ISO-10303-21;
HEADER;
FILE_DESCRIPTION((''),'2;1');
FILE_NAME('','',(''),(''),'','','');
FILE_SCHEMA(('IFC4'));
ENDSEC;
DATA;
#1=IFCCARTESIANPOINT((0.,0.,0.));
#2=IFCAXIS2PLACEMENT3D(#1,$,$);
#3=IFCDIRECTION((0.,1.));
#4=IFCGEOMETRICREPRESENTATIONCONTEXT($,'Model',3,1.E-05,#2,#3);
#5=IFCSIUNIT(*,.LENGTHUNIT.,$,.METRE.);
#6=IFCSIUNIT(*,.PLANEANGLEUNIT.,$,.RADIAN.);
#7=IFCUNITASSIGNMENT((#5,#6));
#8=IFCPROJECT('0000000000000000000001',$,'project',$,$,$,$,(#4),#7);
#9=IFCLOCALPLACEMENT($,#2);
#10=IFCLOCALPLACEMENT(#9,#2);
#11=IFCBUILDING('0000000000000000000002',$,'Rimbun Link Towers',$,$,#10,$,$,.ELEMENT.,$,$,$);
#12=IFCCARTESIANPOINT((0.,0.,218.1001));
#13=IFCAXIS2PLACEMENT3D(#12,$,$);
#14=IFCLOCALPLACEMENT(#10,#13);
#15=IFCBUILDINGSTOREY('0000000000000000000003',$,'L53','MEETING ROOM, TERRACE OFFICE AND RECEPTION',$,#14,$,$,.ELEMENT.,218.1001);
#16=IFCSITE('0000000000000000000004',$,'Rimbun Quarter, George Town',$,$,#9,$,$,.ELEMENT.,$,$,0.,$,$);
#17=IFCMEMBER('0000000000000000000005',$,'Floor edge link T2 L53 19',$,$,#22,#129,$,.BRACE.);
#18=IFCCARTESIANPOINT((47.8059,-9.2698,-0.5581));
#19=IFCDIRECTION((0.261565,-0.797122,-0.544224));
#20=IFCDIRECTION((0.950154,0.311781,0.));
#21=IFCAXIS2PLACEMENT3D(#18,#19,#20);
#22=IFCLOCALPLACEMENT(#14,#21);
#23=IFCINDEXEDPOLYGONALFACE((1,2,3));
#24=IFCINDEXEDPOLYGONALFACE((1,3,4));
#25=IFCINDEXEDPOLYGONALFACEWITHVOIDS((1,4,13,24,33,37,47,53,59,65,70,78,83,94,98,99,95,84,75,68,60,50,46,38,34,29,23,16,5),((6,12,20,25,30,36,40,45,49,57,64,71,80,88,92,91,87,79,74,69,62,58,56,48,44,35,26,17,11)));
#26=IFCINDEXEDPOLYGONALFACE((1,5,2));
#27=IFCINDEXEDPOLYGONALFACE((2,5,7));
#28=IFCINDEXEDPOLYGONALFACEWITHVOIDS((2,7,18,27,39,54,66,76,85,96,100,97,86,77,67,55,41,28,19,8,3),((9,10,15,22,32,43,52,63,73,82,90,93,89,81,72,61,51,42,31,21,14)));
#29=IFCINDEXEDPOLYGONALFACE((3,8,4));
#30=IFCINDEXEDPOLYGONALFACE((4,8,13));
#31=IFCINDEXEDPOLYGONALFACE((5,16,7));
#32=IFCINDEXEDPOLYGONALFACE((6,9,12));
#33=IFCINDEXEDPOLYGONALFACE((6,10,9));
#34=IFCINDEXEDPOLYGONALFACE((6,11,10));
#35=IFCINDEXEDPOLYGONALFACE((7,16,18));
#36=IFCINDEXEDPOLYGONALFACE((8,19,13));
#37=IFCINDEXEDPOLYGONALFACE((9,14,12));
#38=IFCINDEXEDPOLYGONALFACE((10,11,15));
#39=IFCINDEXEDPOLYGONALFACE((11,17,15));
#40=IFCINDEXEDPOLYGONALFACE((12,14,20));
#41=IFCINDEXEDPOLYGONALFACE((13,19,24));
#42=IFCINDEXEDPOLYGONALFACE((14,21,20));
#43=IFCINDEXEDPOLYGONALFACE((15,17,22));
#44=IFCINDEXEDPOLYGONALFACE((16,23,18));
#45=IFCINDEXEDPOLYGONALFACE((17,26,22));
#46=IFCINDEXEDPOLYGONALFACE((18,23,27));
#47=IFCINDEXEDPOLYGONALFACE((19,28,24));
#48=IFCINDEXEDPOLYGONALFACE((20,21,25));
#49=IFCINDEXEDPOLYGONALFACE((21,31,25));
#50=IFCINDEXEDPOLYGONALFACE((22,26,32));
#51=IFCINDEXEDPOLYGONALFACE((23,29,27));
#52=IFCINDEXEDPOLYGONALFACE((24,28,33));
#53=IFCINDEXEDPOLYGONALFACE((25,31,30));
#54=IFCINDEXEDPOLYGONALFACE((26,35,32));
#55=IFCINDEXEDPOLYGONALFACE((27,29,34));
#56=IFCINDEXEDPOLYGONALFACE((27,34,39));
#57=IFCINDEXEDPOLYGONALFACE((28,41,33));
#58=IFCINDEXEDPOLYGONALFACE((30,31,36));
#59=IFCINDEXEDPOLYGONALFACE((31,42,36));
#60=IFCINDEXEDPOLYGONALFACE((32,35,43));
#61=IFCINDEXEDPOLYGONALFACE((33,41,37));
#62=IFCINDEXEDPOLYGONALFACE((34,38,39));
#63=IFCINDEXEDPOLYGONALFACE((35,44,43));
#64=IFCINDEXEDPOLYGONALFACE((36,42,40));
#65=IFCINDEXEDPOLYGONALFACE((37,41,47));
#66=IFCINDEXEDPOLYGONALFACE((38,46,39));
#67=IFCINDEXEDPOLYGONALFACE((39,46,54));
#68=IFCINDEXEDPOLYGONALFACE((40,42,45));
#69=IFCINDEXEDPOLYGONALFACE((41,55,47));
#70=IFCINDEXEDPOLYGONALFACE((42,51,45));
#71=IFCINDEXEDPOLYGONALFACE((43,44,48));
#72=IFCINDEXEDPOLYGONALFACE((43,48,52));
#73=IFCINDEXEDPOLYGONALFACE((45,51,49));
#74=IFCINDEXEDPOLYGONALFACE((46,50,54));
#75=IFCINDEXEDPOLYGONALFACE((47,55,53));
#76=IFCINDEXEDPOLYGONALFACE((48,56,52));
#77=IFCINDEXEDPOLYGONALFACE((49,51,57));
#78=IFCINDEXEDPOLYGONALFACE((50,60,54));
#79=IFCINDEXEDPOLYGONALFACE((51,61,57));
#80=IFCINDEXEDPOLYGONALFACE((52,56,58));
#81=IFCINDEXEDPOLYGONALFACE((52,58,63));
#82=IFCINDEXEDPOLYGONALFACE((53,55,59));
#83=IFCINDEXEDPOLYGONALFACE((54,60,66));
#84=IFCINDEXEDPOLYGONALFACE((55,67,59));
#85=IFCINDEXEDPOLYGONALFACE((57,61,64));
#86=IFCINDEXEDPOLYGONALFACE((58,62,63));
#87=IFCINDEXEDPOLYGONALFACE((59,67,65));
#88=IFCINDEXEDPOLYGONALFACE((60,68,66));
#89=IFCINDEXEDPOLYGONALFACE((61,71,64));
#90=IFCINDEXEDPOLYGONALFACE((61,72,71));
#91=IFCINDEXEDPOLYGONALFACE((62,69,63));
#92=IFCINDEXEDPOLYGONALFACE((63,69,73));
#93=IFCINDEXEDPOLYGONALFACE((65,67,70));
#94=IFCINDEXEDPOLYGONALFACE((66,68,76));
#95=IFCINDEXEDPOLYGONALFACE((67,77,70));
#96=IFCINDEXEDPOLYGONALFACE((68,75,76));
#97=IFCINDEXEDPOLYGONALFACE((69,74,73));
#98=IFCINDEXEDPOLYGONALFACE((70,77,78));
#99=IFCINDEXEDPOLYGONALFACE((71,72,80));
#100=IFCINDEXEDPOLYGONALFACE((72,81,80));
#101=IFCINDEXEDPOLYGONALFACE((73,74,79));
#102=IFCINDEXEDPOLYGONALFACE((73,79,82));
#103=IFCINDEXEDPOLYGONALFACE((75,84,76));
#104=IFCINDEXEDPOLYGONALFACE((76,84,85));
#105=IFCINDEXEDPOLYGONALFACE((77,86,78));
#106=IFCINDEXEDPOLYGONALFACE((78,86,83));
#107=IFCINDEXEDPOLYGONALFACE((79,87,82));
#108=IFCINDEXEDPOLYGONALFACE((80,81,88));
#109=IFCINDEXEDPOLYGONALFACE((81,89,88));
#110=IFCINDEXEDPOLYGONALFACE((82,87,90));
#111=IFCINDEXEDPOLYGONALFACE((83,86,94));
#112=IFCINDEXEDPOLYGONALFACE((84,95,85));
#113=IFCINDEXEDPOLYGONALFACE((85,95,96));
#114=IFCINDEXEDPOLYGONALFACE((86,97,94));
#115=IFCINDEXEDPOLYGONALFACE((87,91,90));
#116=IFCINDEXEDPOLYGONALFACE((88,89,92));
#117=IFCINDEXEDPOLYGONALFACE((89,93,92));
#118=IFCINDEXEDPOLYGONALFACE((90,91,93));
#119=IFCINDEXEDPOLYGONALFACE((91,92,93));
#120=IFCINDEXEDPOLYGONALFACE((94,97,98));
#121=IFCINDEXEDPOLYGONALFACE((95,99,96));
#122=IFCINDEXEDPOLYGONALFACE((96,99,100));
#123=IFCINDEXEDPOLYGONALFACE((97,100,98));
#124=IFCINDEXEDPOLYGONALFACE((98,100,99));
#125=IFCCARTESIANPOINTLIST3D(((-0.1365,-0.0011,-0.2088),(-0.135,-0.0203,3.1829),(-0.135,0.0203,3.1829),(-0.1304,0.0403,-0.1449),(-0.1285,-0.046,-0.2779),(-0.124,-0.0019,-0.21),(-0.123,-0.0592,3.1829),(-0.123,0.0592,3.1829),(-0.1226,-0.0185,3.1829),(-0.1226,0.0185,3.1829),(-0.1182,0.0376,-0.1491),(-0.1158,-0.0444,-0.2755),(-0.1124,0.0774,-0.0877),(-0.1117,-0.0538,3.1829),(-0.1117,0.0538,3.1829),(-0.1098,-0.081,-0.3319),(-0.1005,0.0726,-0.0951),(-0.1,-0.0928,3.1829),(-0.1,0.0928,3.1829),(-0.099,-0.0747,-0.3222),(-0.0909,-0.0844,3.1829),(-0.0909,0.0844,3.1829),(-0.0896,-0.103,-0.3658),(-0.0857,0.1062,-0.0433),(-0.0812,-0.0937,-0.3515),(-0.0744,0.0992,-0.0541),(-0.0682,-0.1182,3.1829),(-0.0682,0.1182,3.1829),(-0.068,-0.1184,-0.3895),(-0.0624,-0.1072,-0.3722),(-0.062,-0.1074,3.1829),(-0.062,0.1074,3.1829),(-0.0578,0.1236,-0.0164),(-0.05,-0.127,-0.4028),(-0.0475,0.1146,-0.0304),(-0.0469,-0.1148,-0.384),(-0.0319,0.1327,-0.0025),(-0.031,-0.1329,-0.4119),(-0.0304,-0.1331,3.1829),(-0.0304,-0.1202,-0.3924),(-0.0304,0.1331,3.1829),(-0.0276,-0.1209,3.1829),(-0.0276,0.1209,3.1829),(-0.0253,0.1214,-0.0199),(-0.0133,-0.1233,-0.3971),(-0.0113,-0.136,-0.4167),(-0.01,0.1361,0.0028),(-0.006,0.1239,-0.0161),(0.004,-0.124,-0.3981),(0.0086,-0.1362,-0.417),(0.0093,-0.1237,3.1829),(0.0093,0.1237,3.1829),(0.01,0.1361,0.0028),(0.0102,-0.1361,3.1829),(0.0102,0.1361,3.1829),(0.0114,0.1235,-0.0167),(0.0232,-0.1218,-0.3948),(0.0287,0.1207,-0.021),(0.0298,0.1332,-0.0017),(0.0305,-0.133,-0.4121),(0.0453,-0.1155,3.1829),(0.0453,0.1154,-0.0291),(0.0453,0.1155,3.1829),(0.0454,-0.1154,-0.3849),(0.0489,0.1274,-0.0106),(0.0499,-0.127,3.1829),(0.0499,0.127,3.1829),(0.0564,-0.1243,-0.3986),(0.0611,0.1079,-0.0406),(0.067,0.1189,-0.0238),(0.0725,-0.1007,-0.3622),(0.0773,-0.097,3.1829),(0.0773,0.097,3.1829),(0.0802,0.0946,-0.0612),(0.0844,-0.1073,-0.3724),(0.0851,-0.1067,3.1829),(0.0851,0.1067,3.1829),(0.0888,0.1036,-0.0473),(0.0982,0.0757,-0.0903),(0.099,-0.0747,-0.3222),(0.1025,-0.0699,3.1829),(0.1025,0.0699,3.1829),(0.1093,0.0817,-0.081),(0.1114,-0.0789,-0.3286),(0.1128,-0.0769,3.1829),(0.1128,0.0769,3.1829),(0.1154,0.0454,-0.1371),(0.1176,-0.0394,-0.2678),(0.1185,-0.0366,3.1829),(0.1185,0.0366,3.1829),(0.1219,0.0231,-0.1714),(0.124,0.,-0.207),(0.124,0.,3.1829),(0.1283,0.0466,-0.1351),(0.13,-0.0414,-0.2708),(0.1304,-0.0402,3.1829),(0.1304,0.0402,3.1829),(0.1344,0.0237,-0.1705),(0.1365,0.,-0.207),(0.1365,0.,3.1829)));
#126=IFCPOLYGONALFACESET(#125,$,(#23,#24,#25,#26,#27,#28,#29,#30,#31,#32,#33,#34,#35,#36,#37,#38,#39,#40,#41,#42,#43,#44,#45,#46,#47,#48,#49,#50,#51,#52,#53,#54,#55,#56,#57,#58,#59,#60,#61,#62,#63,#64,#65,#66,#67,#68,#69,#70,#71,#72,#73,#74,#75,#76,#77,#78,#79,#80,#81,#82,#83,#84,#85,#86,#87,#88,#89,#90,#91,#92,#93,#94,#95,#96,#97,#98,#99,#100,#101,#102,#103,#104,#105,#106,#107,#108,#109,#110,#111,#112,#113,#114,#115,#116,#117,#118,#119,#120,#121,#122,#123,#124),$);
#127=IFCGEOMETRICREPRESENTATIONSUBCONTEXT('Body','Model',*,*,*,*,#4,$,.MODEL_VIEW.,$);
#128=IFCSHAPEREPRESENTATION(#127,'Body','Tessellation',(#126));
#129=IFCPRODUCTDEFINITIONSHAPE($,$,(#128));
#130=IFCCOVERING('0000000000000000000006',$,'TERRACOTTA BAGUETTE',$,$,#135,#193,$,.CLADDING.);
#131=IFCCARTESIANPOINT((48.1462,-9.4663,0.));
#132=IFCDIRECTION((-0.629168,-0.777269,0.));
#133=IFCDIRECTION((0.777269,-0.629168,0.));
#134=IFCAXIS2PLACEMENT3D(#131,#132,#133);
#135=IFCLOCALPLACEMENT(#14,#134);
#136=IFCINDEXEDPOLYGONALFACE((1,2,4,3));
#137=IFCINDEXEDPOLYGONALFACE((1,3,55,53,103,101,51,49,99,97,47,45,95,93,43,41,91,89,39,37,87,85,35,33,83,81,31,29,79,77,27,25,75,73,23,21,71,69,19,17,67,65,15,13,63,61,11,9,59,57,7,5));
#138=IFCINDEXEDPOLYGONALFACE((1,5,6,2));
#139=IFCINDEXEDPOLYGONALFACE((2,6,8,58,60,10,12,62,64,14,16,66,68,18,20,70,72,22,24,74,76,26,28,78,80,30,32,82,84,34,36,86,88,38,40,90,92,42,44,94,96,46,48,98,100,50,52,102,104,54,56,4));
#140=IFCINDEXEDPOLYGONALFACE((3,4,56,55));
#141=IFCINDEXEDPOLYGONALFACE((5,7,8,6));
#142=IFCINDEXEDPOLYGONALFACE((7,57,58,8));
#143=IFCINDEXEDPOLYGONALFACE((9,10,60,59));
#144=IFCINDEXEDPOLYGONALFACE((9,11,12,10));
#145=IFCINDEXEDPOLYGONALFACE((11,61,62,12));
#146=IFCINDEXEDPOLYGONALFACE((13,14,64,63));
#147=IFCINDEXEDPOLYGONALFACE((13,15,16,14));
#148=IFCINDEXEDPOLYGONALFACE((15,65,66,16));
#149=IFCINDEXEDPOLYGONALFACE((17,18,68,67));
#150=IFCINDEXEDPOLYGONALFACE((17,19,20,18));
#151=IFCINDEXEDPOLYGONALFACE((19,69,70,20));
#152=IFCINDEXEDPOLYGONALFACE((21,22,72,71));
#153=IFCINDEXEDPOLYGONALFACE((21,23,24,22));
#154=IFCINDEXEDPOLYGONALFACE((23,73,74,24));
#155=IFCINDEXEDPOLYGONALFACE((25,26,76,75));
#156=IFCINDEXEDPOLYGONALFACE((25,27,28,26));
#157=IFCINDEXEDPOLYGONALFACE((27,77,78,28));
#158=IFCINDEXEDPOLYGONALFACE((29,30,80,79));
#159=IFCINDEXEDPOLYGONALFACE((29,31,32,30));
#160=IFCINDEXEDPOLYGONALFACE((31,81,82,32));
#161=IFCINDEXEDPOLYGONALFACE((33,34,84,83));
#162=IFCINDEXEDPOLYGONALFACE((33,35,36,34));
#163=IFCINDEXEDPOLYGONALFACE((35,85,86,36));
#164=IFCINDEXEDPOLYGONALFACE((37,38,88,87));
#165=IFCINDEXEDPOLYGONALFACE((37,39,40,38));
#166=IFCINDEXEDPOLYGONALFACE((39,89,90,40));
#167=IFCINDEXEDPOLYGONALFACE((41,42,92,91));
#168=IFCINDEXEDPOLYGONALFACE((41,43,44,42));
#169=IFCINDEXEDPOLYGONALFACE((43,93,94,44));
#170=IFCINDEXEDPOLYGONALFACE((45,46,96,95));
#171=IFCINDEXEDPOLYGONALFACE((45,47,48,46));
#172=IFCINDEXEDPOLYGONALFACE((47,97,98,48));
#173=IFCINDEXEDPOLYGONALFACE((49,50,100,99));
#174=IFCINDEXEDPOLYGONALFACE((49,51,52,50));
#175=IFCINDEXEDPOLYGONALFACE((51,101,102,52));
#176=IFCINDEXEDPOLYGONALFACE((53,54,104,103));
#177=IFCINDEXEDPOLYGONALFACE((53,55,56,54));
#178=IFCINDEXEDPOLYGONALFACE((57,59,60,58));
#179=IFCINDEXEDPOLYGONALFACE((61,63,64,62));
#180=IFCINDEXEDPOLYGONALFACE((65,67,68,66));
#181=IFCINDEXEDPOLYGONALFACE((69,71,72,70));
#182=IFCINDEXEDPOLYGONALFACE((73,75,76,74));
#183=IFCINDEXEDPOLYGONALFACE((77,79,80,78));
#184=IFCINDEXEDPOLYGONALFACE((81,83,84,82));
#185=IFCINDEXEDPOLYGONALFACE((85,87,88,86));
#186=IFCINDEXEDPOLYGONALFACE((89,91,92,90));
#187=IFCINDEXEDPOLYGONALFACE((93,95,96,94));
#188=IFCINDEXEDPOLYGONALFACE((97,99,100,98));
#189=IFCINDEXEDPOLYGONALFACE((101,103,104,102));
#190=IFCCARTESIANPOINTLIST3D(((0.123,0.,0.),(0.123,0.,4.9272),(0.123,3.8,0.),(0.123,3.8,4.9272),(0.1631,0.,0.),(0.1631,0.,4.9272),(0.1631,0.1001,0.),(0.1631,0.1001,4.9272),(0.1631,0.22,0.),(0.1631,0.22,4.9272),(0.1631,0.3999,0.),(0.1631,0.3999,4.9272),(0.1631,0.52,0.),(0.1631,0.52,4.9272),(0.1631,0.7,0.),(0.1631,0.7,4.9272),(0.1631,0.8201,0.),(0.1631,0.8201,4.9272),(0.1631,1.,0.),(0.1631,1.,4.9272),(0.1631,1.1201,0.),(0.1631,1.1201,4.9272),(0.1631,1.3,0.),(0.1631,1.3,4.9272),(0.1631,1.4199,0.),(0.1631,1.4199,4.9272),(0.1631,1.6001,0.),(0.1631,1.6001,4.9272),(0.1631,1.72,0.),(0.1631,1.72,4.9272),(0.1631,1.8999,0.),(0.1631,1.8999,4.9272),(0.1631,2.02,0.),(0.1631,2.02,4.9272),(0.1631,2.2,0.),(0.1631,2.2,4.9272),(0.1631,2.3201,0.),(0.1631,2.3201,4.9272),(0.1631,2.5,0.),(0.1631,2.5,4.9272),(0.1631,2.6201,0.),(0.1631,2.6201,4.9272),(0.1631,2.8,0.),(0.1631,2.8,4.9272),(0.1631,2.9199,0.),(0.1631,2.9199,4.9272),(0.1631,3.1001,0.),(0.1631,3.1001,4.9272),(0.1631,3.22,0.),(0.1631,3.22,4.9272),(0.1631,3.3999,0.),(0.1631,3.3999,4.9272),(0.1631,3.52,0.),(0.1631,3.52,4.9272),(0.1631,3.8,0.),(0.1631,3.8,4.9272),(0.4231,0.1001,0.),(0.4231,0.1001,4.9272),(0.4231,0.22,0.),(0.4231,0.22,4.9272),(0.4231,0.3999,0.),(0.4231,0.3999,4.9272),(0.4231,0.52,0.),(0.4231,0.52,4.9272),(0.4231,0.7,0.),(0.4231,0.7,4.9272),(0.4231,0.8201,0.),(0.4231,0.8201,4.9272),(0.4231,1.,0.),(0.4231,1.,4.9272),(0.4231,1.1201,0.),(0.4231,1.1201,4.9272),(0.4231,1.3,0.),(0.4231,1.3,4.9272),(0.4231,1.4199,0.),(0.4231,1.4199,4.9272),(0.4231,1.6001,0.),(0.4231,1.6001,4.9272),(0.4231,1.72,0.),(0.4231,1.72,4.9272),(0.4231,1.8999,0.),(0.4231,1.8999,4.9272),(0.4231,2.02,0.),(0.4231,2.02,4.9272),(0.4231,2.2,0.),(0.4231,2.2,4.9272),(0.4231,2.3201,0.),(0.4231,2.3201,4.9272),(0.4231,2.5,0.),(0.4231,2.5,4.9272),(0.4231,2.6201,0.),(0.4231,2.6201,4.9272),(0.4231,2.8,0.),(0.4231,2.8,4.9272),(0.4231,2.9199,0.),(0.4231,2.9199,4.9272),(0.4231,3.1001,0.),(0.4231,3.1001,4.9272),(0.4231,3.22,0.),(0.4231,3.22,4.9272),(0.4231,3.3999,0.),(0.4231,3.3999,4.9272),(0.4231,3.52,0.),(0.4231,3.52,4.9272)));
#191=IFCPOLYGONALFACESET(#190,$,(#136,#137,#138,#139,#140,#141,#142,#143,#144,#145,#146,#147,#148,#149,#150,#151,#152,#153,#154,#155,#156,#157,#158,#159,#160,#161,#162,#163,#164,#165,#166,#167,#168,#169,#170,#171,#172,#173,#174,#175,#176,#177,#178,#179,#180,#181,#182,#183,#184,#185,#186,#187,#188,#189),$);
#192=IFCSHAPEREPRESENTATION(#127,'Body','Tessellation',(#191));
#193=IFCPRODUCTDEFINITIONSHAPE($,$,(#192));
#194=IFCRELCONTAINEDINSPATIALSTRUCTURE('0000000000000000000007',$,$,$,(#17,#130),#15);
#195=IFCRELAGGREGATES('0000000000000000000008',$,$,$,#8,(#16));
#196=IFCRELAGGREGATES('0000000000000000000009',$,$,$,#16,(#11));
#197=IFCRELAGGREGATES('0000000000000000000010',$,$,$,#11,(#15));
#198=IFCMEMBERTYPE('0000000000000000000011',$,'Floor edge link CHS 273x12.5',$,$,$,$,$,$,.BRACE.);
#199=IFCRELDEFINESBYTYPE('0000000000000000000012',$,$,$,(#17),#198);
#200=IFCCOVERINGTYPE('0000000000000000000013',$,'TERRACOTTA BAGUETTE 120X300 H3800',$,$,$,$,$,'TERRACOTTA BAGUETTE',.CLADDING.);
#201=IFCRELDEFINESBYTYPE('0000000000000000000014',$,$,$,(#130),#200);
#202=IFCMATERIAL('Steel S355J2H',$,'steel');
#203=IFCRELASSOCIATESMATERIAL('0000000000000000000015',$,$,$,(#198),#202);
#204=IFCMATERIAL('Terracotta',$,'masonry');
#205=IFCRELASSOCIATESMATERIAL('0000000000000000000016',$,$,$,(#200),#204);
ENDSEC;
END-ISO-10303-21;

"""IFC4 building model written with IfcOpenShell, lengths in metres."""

from ifc_helpers import new_model, si_unit, direction, frame, origin, origin_2d, place, context, subcontext, project, spatial, polyline, hollow_circle, outline, extrude, clip, halfspace, material, material_profile, profile_set, type_object, element, save


model = new_model("IFC4")

# Units and contexts
model_context = context("Model", 3, precision=1e-05, world=origin(), true_north=direction((0.0, 1.0)))
body_context = subcontext(model_context, "Body", "Model", "MODEL_VIEW")
ifc_project = project(units=[si_unit("LENGTHUNIT", "METRE"), si_unit("PLANEANGLEUNIT", "RADIAN")], contexts=[model_context])

# Site, building, storey
site_placement = place(None, origin())
site = spatial("IfcSite", under=ifc_project, at=site_placement, Name="Rimbun Quarter, George Town", CompositionType="ELEMENT", RefElevation=0.0)
building_placement = place(site_placement, origin())
building = spatial("IfcBuilding", under=site, at=building_placement, Name="Rimbun Link Towers", CompositionType="ELEMENT")
storey_placement = place(building_placement, frame((0.0, 0.0, 218.1001)))
storey = spatial("IfcBuildingStorey", under=building, at=storey_placement, Name="L53", Description="MEETING ROOM, TERRACE OFFICE AND RECEPTION", CompositionType="ELEMENT", Elevation=218.1001)

# Member
ifc_material_1 = material(Name="Steel S355J2H", Category="steel")
ifc_material_profile_1 = material_profile(ifc_material_1, hollow_circle(Radius=0.1365, WallThickness=0.0125, at=origin_2d()), Name="CHS 273x12.5")
ifc_profile_set_1 = profile_set([ifc_material_profile_1], Name="Steel S355J2H")
member_type_1 = type_object("IfcMemberType", Name="Floor edge link CHS 273x12.5", PredefinedType="BRACE", material=ifc_profile_set_1)
member_1_placement = place(storey_placement, frame((47.8059, -9.2698, -0.5581), z_axis=(0.261565, -0.797122, -0.544224), x_axis=(0.950154, 0.311781, 0.0)))
element("IfcMember", 1, at=member_1_placement, inside=storey, type_object=member_type_1, Name="Floor edge link T2 L53 19", PredefinedType="BRACE", context=body_context, shape_type="Clipping", body=[
    clip(extrude(hollow_circle(Radius=0.1365, WallThickness=0.0125, at=origin_2d()), frame((0.0, 0.0, -0.4392)), (0.0, 0.0, 1.0), 3.6221), halfspace(frame((0.0, 0.0, -0.207), z_axis=(0.0, 0.83894, -0.544224)), False)),
])

# Covering
ifc_material_2 = material(Name="Terracotta", Category="masonry")
ifc_material_profile_2 = material_profile(ifc_material_2, outline(polyline([(0.123, 0.0), (0.1631, 0.0), (0.1631, 0.1001), (0.4231, 0.1001), (0.4231, 0.22), (0.1631, 0.22), (0.1631, 0.3999), (0.4231, 0.3999), (0.4231, 0.52), (0.1631, 0.52), (0.1631, 0.7), (0.4231, 0.7), (0.4231, 0.8201), (0.1631, 0.8201), (0.1631, 1.0), (0.4231, 1.0), (0.4231, 1.1201), (0.1631, 1.1201), (0.1631, 1.3), (0.4231, 1.3), (0.4231, 1.4199), (0.1631, 1.4199), (0.1631, 1.6001), (0.4231, 1.6001), (0.4231, 1.72), (0.1631, 1.72), (0.1631, 1.8999), (0.4231, 1.8999), (0.4231, 2.02), (0.1631, 2.02), (0.1631, 2.2), (0.4231, 2.2), (0.4231, 2.3201), (0.1631, 2.3201), (0.1631, 2.5), (0.4231, 2.5), (0.4231, 2.6201), (0.1631, 2.6201), (0.1631, 2.8), (0.4231, 2.8), (0.4231, 2.9199), (0.1631, 2.9199), (0.1631, 3.1001), (0.4231, 3.1001), (0.4231, 3.22), (0.1631, 3.22), (0.1631, 3.3999), (0.4231, 3.3999), (0.4231, 3.52), (0.1631, 3.52), (0.1631, 3.8), (0.123, 3.8), (0.123, 0.0)])), Name="BAGUETTE 120X300")
ifc_profile_set_2 = profile_set([ifc_material_profile_2], Name="Terracotta")
covering_type = type_object("IfcCoveringType", Name="TERRACOTTA BAGUETTE 120X300 H3800", ElementType="TERRACOTTA BAGUETTE", PredefinedType="CLADDING", material=ifc_profile_set_2)
covering_placement = place(storey_placement, frame((48.1462, -9.4663, 0.0), z_axis=(-0.629168, -0.777269, 0.0), x_axis=(0.777269, -0.629168, 0.0)))
element("IfcCovering", 2, at=covering_placement, inside=storey, type_object=covering_type, Name="TERRACOTTA BAGUETTE", PredefinedType="CLADDING", context=body_context, shape_type="SweptSolid", body=[
    extrude(outline(polyline([(0.123, 0.0), (0.1631, 0.0), (0.1631, 0.1001), (0.4231, 0.1001), (0.4231, 0.22), (0.1631, 0.22), (0.1631, 0.3999), (0.4231, 0.3999), (0.4231, 0.52), (0.1631, 0.52), (0.1631, 0.7), (0.4231, 0.7), (0.4231, 0.8201), (0.1631, 0.8201), (0.1631, 1.0), (0.4231, 1.0), (0.4231, 1.1201), (0.1631, 1.1201), (0.1631, 1.3), (0.4231, 1.3), (0.4231, 1.4199), (0.1631, 1.4199), (0.1631, 1.6001), (0.4231, 1.6001), (0.4231, 1.72), (0.1631, 1.72), (0.1631, 1.8999), (0.4231, 1.8999), (0.4231, 2.02), (0.1631, 2.02), (0.1631, 2.2), (0.4231, 2.2), (0.4231, 2.3201), (0.1631, 2.3201), (0.1631, 2.5), (0.4231, 2.5), (0.4231, 2.6201), (0.1631, 2.6201), (0.1631, 2.8), (0.4231, 2.8), (0.4231, 2.9199), (0.1631, 2.9199), (0.1631, 3.1001), (0.4231, 3.1001), (0.4231, 3.22), (0.1631, 3.22), (0.1631, 3.3999), (0.4231, 3.3999), (0.4231, 3.52), (0.1631, 3.52), (0.1631, 3.8), (0.123, 3.8), (0.123, 0.0)])), origin(), (0.0, 0.0, 1.0), 4.9272),
])

save(model, "model.ifc")
